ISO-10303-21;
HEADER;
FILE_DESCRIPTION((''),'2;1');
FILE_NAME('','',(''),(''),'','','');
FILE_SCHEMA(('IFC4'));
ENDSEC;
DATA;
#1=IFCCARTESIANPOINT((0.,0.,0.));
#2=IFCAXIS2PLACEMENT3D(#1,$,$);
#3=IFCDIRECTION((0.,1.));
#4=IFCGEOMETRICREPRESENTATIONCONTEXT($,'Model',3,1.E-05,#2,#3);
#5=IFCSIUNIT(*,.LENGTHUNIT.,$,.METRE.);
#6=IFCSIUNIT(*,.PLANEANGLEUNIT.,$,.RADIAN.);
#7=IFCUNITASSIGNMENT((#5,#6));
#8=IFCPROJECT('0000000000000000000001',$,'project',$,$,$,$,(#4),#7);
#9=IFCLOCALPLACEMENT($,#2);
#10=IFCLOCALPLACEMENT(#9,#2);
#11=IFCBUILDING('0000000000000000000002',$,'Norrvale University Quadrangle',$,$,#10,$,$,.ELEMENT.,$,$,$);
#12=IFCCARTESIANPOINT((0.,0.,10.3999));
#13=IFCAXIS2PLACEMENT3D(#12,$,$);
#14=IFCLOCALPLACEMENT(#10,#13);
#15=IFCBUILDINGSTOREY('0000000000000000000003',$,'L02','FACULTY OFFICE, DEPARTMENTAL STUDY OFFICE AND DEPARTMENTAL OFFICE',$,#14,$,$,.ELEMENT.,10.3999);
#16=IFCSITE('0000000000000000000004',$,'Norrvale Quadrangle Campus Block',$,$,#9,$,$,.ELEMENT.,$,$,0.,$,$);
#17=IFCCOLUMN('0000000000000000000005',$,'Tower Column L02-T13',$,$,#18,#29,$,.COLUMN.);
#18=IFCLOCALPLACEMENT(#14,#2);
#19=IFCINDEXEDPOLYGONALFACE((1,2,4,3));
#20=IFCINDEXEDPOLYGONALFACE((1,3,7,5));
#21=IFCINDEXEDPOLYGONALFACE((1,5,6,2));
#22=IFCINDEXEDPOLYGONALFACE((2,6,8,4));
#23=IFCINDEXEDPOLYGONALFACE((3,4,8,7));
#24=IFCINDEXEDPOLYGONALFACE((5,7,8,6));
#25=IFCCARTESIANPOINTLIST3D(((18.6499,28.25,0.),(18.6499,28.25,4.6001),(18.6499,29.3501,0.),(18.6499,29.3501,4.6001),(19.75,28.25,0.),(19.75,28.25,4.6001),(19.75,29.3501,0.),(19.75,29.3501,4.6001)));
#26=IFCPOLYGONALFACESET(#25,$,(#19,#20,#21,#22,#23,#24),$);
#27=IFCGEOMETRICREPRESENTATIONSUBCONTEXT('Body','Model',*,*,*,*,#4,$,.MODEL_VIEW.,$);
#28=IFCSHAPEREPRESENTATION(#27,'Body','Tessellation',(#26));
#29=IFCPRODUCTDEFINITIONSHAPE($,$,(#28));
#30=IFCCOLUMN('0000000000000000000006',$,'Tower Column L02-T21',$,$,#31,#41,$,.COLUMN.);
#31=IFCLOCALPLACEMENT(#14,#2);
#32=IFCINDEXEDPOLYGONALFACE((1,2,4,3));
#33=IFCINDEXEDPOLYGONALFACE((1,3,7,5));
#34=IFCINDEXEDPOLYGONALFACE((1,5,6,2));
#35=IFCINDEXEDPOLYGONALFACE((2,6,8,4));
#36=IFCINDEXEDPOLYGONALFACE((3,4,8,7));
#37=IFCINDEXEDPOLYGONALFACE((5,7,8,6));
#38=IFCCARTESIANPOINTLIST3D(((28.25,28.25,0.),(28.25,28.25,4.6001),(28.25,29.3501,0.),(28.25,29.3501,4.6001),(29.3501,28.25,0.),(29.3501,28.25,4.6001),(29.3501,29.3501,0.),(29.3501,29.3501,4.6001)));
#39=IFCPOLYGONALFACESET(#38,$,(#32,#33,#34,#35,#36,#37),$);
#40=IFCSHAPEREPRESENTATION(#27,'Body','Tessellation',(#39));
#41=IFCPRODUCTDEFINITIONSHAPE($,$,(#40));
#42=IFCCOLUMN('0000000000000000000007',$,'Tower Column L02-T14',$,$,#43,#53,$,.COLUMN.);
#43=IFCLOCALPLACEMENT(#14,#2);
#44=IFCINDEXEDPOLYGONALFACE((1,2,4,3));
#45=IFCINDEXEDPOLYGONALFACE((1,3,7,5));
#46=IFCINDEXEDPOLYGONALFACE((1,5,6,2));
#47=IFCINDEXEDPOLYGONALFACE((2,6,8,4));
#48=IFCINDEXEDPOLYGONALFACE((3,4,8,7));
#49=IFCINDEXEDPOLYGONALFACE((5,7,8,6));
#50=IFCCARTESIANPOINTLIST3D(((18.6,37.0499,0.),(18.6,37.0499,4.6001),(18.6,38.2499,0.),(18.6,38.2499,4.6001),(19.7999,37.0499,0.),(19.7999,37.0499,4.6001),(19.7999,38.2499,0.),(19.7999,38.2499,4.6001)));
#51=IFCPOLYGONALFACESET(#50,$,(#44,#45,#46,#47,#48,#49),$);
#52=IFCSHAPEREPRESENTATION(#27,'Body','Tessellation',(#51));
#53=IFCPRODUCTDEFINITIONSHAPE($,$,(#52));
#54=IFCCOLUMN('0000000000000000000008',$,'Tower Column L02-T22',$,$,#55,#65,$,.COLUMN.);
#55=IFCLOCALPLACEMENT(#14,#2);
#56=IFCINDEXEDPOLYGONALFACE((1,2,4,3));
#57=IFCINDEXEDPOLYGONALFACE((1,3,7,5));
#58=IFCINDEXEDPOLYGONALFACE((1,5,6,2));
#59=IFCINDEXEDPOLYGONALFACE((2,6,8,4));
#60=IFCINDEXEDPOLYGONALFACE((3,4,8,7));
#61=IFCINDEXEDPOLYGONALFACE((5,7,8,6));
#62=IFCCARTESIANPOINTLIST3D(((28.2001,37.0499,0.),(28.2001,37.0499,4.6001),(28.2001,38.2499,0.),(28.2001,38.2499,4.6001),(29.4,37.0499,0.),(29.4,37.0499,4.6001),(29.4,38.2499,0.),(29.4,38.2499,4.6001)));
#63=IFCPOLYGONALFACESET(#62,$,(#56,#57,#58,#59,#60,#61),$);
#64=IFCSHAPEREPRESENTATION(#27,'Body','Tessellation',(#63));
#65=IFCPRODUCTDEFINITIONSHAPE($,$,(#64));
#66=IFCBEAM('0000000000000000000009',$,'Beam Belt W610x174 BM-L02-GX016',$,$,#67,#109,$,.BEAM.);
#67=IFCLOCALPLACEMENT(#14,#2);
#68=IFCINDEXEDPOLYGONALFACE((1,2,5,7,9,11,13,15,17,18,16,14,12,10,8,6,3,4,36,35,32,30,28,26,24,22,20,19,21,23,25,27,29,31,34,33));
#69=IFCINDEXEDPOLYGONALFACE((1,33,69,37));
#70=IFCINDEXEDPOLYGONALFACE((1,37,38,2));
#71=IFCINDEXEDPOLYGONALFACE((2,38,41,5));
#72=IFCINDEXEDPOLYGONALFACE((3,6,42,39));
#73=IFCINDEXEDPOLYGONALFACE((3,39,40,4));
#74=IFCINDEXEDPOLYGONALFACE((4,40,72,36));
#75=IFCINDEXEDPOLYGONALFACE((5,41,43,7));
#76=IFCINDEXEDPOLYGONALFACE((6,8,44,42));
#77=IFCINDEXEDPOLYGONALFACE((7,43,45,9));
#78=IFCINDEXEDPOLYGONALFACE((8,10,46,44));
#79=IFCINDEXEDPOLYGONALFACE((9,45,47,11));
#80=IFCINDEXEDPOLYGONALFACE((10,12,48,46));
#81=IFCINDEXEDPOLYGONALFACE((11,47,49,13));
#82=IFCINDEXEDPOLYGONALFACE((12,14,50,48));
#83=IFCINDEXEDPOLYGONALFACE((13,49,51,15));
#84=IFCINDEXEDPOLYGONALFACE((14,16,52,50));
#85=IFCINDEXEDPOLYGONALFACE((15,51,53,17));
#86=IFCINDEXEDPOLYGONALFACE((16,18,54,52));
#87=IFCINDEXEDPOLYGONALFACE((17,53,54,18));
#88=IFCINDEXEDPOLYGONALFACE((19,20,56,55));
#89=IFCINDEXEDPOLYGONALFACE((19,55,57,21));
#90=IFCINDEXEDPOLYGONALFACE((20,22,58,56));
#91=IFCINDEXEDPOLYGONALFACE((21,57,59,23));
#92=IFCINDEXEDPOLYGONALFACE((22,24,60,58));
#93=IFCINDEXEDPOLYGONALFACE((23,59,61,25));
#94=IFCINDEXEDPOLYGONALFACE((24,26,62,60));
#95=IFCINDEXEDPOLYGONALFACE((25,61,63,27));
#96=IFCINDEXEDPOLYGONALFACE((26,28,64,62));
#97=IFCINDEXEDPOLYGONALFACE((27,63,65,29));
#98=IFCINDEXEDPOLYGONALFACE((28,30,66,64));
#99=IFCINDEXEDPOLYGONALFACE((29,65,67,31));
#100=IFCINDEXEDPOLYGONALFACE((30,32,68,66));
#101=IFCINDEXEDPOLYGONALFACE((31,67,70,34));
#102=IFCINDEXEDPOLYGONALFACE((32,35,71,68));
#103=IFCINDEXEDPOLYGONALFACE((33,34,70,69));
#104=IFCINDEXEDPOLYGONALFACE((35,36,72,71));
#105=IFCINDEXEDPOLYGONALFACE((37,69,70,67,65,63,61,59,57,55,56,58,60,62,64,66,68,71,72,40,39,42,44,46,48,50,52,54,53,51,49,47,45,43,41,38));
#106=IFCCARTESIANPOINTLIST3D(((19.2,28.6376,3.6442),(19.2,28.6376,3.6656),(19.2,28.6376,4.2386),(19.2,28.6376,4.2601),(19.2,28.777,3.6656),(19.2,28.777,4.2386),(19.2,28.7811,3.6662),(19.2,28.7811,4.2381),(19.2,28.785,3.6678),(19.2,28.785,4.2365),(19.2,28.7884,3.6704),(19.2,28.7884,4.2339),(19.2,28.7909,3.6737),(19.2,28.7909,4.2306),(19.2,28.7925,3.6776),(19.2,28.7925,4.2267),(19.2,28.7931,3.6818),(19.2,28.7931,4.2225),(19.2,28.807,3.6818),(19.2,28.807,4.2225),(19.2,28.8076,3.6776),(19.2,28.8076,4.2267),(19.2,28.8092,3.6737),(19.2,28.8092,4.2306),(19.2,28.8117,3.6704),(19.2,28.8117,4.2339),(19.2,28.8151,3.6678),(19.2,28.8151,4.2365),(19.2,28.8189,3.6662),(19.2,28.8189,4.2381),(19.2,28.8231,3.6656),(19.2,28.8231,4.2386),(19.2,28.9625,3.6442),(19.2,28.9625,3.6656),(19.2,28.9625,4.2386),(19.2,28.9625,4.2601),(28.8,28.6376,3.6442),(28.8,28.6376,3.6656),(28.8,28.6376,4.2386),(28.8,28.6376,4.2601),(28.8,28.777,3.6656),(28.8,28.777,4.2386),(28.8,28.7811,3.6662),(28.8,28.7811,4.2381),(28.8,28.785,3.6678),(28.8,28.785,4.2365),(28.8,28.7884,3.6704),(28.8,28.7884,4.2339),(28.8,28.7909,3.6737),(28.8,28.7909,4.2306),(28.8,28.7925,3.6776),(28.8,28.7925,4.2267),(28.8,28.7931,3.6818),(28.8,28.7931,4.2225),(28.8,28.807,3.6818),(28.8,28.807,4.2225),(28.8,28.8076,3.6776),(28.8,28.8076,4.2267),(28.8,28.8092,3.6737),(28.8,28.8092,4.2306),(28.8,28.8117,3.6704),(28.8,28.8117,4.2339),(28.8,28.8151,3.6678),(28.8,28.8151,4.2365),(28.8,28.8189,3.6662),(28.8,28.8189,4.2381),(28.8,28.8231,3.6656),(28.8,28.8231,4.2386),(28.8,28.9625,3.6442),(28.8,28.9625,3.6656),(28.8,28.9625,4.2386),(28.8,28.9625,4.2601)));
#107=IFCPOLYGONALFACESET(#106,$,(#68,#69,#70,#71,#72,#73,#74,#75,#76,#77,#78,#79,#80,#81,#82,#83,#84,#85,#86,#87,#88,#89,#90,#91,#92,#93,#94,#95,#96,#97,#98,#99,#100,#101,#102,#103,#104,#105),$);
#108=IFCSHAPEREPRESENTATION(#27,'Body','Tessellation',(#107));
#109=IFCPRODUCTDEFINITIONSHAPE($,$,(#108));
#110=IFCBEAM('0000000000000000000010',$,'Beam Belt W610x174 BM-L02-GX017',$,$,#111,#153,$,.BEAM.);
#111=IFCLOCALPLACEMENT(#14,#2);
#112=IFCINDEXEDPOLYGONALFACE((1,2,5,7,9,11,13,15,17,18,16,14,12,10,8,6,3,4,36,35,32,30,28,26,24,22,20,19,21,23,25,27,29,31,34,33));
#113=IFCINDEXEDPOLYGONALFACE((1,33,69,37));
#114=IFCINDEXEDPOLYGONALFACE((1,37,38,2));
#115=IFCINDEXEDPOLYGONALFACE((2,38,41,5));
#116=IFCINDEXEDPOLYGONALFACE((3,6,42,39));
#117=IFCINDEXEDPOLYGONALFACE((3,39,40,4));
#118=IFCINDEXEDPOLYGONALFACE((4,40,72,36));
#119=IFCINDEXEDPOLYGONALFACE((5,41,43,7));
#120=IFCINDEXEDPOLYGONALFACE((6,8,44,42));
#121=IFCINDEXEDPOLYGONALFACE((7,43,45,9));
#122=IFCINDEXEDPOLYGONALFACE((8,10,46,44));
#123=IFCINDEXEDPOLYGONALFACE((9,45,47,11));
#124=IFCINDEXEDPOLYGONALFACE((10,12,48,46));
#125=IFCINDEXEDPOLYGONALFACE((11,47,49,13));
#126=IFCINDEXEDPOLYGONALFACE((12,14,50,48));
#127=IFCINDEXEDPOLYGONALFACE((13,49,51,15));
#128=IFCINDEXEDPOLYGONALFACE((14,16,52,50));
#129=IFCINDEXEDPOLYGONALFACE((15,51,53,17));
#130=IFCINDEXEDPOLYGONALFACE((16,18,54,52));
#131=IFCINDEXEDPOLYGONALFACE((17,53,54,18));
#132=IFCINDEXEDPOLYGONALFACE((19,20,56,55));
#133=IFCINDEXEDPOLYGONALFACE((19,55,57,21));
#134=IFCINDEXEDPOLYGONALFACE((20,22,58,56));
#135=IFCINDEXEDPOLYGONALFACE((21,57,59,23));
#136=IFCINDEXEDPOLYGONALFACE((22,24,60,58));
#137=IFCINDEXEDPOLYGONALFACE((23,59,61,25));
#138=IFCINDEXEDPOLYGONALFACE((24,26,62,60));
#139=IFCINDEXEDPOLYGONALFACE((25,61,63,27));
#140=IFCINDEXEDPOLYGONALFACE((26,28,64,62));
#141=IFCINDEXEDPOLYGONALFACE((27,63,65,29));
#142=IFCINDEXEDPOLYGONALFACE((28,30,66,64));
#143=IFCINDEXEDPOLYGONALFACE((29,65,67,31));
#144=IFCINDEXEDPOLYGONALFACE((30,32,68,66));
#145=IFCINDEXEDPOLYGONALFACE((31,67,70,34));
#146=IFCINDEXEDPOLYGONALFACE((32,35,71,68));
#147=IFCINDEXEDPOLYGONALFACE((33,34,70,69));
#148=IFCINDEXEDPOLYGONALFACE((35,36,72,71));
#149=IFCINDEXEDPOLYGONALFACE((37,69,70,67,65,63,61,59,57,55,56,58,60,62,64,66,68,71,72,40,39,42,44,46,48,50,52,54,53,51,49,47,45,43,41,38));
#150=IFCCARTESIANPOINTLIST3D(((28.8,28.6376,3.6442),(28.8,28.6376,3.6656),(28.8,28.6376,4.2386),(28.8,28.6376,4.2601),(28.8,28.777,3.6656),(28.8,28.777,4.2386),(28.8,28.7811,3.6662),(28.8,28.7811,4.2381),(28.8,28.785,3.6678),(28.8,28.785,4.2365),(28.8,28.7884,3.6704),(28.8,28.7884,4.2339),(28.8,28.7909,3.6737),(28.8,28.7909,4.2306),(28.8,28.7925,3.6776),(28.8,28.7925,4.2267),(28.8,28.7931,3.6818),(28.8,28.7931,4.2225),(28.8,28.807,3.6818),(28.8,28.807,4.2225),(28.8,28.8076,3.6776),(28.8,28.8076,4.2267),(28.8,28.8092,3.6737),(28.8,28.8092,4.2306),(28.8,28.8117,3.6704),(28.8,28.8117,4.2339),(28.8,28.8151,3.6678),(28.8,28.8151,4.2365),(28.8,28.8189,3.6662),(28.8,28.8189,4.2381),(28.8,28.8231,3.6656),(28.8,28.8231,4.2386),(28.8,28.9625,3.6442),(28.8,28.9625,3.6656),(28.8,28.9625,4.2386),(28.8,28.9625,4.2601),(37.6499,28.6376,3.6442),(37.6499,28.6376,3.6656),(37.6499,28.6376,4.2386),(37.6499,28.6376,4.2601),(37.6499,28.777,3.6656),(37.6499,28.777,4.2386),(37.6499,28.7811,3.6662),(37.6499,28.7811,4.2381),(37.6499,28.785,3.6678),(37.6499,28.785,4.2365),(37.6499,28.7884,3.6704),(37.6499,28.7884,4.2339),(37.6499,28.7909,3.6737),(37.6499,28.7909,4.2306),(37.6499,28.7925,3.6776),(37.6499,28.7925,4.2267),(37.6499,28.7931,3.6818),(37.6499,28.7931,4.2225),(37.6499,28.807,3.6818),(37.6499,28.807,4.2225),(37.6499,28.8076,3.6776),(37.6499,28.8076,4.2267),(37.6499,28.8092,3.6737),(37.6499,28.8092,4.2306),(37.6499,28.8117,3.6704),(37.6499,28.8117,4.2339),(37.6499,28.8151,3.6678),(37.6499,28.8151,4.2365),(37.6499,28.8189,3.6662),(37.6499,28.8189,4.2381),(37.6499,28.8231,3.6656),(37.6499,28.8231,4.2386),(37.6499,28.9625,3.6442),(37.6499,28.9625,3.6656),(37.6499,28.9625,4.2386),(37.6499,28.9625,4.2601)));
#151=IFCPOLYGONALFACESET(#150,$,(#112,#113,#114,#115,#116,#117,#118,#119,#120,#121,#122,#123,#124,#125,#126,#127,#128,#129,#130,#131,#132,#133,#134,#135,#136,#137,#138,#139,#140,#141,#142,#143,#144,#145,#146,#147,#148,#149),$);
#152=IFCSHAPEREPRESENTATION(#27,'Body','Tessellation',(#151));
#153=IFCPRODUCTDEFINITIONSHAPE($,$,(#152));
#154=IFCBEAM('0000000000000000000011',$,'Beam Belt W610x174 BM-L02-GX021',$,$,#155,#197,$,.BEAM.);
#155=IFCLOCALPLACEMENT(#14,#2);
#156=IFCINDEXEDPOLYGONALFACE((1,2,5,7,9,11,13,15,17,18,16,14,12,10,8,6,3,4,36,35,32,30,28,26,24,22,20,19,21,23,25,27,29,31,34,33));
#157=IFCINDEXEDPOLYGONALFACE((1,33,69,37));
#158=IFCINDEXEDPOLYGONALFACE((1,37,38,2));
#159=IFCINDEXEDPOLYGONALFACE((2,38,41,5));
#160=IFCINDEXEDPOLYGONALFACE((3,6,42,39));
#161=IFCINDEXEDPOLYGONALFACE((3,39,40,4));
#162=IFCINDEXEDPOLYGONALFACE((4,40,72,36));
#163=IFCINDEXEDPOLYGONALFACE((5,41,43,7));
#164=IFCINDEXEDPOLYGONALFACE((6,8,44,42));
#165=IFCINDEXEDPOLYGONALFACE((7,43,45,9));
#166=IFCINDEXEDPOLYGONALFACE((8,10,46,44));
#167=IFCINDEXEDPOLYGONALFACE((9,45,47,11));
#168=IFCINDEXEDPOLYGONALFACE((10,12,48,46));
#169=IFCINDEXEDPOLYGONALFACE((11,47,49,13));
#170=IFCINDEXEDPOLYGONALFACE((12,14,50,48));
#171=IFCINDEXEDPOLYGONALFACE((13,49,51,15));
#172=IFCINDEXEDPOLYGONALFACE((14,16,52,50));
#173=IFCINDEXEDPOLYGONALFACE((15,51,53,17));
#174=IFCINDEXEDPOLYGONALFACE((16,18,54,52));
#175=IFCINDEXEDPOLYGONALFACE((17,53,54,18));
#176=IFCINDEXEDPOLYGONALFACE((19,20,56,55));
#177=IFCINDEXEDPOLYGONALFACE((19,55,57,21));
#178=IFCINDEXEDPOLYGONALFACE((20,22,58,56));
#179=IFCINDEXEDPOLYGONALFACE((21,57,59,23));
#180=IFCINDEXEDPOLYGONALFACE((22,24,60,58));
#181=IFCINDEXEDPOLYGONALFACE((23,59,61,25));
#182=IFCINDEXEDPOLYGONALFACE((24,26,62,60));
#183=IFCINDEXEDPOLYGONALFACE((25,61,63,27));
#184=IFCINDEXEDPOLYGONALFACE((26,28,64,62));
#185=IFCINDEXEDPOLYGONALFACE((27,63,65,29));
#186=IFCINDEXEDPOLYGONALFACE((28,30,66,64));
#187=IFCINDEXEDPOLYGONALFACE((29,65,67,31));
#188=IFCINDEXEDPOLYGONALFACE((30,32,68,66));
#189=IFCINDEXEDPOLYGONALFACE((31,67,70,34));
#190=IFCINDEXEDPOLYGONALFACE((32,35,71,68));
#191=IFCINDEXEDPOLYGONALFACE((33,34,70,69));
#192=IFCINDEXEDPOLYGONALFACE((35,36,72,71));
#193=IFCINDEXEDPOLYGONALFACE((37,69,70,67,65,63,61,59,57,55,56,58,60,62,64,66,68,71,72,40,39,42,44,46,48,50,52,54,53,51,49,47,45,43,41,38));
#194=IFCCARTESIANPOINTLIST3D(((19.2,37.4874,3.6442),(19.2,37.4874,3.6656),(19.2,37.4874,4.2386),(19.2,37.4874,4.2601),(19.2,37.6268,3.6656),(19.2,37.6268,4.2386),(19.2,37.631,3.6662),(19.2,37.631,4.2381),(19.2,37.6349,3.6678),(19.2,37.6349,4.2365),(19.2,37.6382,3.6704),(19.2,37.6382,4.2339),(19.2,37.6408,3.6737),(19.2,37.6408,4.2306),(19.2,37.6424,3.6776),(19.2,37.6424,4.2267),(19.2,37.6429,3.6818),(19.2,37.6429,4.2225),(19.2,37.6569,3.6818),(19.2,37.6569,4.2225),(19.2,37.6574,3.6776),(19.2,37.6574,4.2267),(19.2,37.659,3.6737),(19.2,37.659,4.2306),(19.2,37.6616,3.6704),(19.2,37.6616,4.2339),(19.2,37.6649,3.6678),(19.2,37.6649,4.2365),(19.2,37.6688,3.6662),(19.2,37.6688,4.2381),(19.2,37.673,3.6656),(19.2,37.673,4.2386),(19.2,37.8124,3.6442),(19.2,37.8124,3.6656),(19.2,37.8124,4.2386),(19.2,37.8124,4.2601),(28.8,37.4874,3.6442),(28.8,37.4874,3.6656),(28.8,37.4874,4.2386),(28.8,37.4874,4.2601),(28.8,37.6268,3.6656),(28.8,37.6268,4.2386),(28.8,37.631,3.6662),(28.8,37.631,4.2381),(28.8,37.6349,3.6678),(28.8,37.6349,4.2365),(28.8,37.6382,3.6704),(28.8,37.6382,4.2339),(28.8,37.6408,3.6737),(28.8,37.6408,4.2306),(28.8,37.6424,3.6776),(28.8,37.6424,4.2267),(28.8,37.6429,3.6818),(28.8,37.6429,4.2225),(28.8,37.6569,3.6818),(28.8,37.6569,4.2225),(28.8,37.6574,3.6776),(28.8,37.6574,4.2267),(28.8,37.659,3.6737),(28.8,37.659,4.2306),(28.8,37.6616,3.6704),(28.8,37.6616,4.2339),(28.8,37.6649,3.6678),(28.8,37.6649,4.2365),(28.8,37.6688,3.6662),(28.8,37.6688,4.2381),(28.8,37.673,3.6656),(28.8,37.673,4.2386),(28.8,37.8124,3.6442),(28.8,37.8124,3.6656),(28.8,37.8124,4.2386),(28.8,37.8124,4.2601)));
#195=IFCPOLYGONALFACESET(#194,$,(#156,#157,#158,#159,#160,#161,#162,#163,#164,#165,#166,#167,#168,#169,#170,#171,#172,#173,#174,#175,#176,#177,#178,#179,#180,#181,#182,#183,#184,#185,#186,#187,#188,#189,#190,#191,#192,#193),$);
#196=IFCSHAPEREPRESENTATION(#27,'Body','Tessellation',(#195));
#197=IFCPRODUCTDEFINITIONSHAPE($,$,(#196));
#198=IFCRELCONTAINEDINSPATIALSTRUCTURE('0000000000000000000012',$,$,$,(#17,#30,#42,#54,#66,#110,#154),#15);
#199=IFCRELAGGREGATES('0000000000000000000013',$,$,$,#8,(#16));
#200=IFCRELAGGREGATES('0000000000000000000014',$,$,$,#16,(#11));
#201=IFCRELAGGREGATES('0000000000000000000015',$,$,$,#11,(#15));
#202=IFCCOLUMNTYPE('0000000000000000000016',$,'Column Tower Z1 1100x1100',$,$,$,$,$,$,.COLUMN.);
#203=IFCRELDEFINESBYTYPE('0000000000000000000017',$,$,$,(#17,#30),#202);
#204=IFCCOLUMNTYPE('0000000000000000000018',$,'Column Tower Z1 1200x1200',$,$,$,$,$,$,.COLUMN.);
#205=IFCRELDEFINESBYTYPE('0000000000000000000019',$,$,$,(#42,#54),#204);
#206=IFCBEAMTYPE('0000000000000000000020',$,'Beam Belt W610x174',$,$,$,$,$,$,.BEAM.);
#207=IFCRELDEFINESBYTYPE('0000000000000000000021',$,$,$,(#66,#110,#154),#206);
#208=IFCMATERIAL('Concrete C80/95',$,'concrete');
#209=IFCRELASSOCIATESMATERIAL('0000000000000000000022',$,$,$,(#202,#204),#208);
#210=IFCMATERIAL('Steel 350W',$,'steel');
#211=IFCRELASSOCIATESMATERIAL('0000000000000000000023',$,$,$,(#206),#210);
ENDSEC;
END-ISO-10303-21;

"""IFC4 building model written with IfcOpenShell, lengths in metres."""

from ifc_helpers import new_model, si_unit, direction, frame, origin, origin_2d, place, context, subcontext, project, spatial, rectangle, i_section, extrude, material, material_profile, profile_set, type_object, element, save


model = new_model("IFC4")

# Units and contexts
model_context = context("Model", 3, precision=1e-05, world=origin(), true_north=direction((0.0, 1.0)))
body_context = subcontext(model_context, "Body", "Model", "MODEL_VIEW")
ifc_project = project(units=[si_unit("LENGTHUNIT", "METRE"), si_unit("PLANEANGLEUNIT", "RADIAN")], contexts=[model_context])

# Site, building, storey
site_placement = place(None, origin())
site = spatial("IfcSite", under=ifc_project, at=site_placement, Name="Norrvale Quadrangle Campus Block", CompositionType="ELEMENT", RefElevation=0.0)
building_placement = place(site_placement, origin())
building = spatial("IfcBuilding", under=site, at=building_placement, Name="Norrvale University Quadrangle", CompositionType="ELEMENT")
storey_placement = place(building_placement, frame((0.0, 0.0, 10.3999)))
storey = spatial("IfcBuildingStorey", under=building, at=storey_placement, Name="L02", Description="FACULTY OFFICE, DEPARTMENTAL STUDY OFFICE AND DEPARTMENTAL OFFICE", CompositionType="ELEMENT", Elevation=10.3999)

# Columns
ifc_material_1 = material(Name="Concrete C80/95", Category="concrete")
ifc_material_profile_1 = material_profile(ifc_material_1, rectangle(XDim=1.1001, YDim=1.1001, at=origin_2d()), Name="Concrete C80/95")
ifc_profile_set_1 = profile_set([ifc_material_profile_1], Name="Concrete C80/95")
column_type_1 = type_object("IfcColumnType", Name="Column Tower Z1 1100x1100", PredefinedType="COLUMN", material=ifc_profile_set_1)
for number, where, z_axis, x_axis, name in (
    (1, (19.2, 28.8, 0.0), (0.0, 0.0, 1.0), (1.0, 0.0, 0.0), "Tower Column L02-T13"),
    (2, (28.8, 28.8, 0.0), (0.0, 0.0, 1.0), (1.0, 0.0, 0.0), "Tower Column L02-T21"),
):
    element("IfcColumn", number, at=place(storey_placement, frame(where, z_axis=z_axis, x_axis=x_axis)), inside=storey, type_object=column_type_1, Name=name, PredefinedType="COLUMN", context=body_context, shape_type="SweptSolid", body=[
        extrude(rectangle(XDim=1.1001, YDim=1.1001, at=origin_2d()), origin(), (0.0, 0.0, 1.0), 4.6001),
    ])
ifc_material_profile_2 = material_profile(ifc_material_1, rectangle(XDim=1.2, YDim=1.2, at=origin_2d()), Name="Concrete C80/95")
ifc_profile_set_2 = profile_set([ifc_material_profile_2], Name="Concrete C80/95")
column_type_2 = type_object("IfcColumnType", Name="Column Tower Z1 1200x1200", PredefinedType="COLUMN", material=ifc_profile_set_2)
for number, where, z_axis, x_axis, name in (
    (3, (19.2, 37.6499, 0.0), (0.0, 0.0, 1.0), (1.0, 0.0, 0.0), "Tower Column L02-T14"),
    (4, (28.8, 37.6499, 0.0), (0.0, 0.0, 1.0), (1.0, 0.0, 0.0), "Tower Column L02-T22"),
):
    element("IfcColumn", number, at=place(storey_placement, frame(where, z_axis=z_axis, x_axis=x_axis)), inside=storey, type_object=column_type_2, Name=name, PredefinedType="COLUMN", context=body_context, shape_type="SweptSolid", body=[
        extrude(rectangle(XDim=1.2, YDim=1.2, at=origin_2d()), origin(), (0.0, 0.0, 1.0), 4.6001),
    ])

# Beams
ifc_material_2 = material(Name="Steel 350W", Category="steel")
ifc_material_profile_3 = material_profile(ifc_material_2, i_section(OverallWidth=0.325, OverallDepth=0.616, WebThickness=0.0139, FlangeThickness=0.0215, FilletRadius=0.0161, at=origin_2d()), Name="Steel 350W")
ifc_profile_set_3 = profile_set([ifc_material_profile_3], Name="Steel 350W")
beam_type_1 = type_object("IfcBeamType", Name="Beam Belt W610x174", PredefinedType="BEAM", material=ifc_profile_set_3)
beam_1_placement = place(storey_placement, frame((19.2, 28.8, 3.9521), z_axis=(1.0, 0.0, 0.0), x_axis=(0.0, 1.0, 0.0)))
element("IfcBeam", 5, at=beam_1_placement, inside=storey, type_object=beam_type_1, Name="Beam Belt W610x174 BM-L02-GX016", PredefinedType="BEAM", context=body_context, shape_type="SweptSolid", body=[
    extrude(i_section(OverallWidth=0.325, OverallDepth=0.616, WebThickness=0.0139, FlangeThickness=0.0215, FilletRadius=0.0161, at=origin_2d()), origin(), (0.0, 0.0, 1.0), 9.6001),
])
beam_2_placement = place(storey_placement, frame((28.8, 28.8, 3.9521), z_axis=(1.0, 0.0, 0.0), x_axis=(0.0, 1.0, 0.0)))
element("IfcBeam", 6, at=beam_2_placement, inside=storey, type_object=beam_type_1, Name="Beam Belt W610x174 BM-L02-GX017", PredefinedType="BEAM", context=body_context, shape_type="SweptSolid", body=[
    extrude(i_section(OverallWidth=0.325, OverallDepth=0.616, WebThickness=0.0139, FlangeThickness=0.0215, FilletRadius=0.0161, at=origin_2d()), origin(), (0.0, 0.0, 1.0), 8.8499),
])
beam_3_placement = place(storey_placement, frame((19.2, 37.6499, 3.9521), z_axis=(1.0, 0.0, 0.0), x_axis=(0.0, 1.0, 0.0)))
element("IfcBeam", 7, at=beam_3_placement, inside=storey, type_object=beam_type_1, Name="Beam Belt W610x174 BM-L02-GX021", PredefinedType="BEAM", context=body_context, shape_type="SweptSolid", body=[
    extrude(i_section(OverallWidth=0.325, OverallDepth=0.616, WebThickness=0.0139, FlangeThickness=0.0215, FilletRadius=0.0161, at=origin_2d()), origin(), (0.0, 0.0, 1.0), 9.6001),
])

save(model, "model.ifc")
